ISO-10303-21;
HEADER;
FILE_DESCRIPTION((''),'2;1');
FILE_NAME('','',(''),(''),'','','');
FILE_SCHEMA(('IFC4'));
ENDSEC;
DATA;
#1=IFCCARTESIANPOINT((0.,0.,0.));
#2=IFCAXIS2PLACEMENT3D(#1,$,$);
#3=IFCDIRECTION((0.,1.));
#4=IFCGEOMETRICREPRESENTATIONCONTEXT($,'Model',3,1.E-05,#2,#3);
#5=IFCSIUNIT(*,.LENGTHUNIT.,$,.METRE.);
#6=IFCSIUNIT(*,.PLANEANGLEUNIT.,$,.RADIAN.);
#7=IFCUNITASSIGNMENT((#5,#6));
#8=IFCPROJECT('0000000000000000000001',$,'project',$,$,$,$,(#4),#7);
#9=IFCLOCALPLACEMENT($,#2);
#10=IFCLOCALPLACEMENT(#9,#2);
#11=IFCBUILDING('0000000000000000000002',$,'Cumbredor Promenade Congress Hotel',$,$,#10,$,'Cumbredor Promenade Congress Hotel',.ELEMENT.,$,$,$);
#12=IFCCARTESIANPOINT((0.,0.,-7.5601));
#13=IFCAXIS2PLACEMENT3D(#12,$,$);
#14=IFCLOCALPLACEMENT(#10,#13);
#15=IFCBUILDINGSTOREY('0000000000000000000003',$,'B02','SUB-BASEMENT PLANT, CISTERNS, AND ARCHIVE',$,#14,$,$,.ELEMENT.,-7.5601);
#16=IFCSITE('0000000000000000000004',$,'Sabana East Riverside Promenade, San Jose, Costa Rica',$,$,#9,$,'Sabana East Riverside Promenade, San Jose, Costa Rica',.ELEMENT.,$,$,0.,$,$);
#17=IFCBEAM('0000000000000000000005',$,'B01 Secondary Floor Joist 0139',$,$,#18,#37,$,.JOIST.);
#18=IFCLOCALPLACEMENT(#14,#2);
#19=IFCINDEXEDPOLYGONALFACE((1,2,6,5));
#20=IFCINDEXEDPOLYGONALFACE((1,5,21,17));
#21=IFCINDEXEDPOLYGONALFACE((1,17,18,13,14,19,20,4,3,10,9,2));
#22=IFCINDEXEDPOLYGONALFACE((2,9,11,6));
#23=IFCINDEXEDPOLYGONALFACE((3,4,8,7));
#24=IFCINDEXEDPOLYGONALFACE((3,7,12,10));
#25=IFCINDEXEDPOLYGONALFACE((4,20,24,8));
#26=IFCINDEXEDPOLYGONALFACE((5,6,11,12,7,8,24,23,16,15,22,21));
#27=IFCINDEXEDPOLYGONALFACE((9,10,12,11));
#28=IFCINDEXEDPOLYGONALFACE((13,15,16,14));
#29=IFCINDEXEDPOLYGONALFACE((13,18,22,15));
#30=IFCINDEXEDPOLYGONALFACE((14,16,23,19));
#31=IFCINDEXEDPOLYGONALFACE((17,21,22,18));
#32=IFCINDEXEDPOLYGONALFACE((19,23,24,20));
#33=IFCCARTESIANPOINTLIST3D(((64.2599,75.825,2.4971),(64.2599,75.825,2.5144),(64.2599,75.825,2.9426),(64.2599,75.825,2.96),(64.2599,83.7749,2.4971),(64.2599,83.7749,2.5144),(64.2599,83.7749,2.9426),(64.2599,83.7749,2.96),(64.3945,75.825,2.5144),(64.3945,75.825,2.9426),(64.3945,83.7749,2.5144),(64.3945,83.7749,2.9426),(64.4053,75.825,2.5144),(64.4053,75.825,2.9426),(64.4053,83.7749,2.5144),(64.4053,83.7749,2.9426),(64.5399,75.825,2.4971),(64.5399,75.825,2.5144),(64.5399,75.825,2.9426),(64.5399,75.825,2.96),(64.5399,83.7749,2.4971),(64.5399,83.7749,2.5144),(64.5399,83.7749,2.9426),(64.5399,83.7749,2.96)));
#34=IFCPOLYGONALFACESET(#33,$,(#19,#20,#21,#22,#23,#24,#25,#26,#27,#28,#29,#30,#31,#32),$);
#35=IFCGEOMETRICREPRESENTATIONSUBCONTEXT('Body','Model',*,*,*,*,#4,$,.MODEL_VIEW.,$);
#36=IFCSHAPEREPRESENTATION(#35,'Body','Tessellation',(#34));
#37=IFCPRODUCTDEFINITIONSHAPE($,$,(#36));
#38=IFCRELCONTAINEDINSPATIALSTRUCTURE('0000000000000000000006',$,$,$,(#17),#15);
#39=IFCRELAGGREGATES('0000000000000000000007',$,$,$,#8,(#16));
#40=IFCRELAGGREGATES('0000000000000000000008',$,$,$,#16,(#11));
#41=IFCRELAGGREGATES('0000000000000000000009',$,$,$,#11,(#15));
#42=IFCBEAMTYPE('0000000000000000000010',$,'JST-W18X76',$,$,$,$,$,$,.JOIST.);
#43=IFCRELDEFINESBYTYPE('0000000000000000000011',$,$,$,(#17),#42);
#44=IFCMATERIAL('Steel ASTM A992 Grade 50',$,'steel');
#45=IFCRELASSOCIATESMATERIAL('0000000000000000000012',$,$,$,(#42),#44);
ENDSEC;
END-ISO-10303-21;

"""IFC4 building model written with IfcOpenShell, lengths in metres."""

from ifc_helpers import new_model, si_unit, direction, frame, origin, origin_2d, place, context, subcontext, project, spatial, i_section, extrude, material, material_profile, profile_set, type_object, element, save


model = new_model("IFC4")

# Units and contexts
model_context = context("Model", 3, precision=1e-05, world=origin(), true_north=direction((0.0, 1.0)))
body_context = subcontext(model_context, "Body", "Model", "MODEL_VIEW")
ifc_project = project(units=[si_unit("LENGTHUNIT", "METRE"), si_unit("PLANEANGLEUNIT", "RADIAN")], contexts=[model_context])

# Site, building, storey
site_placement = place(None, origin())
site = spatial("IfcSite", under=ifc_project, at=site_placement, Name="Sabana East Riverside Promenade, San Jose, Costa Rica", LongName="Sabana East Riverside Promenade, San Jose, Costa Rica", CompositionType="ELEMENT", RefElevation=0.0)
building_placement = place(site_placement, origin())
building = spatial("IfcBuilding", under=site, at=building_placement, Name="Cumbredor Promenade Congress Hotel", LongName="Cumbredor Promenade Congress Hotel", CompositionType="ELEMENT")
storey_placement = place(building_placement, frame((0.0, 0.0, -7.5601)))
storey = spatial("IfcBuildingStorey", under=building, at=storey_placement, Name="B02", Description="SUB-BASEMENT PLANT, CISTERNS, AND ARCHIVE", CompositionType="ELEMENT", Elevation=-7.5601)

# Beam
ifc_material_1 = material(Name="Steel ASTM A992 Grade 50", Category="steel")
ifc_material_profile_1 = material_profile(ifc_material_1, i_section(OverallWidth=0.28, OverallDepth=0.4629, WebThickness=0.0107, FlangeThickness=0.0173, at=origin_2d()), Name="W18X76")
ifc_profile_set_1 = profile_set([ifc_material_profile_1], Name="Steel ASTM A992 Grade 50")
beam_type_1 = type_object("IfcBeamType", Name="JST-W18X76", PredefinedType="JOIST", material=ifc_profile_set_1)
for number, where, z_axis, x_axis, name in (
    (1, (64.3999, 75.825, 2.7285), (0.0, 1.0, 0.0), (-1.0, 0.0, 0.0), "B01 Secondary Floor Joist 0139"),
):
    element("IfcBeam", number, at=place(storey_placement, frame(where, z_axis=z_axis, x_axis=x_axis)), inside=storey, type_object=beam_type_1, Name=name, PredefinedType="JOIST", context=body_context, shape_type="SweptSolid", body=[
        extrude(i_section(OverallWidth=0.28, OverallDepth=0.4629, WebThickness=0.0107, FlangeThickness=0.0173, at=origin_2d()), origin(), (0.0, 0.0, 1.0), 7.95),
    ])

save(model, "model.ifc")
